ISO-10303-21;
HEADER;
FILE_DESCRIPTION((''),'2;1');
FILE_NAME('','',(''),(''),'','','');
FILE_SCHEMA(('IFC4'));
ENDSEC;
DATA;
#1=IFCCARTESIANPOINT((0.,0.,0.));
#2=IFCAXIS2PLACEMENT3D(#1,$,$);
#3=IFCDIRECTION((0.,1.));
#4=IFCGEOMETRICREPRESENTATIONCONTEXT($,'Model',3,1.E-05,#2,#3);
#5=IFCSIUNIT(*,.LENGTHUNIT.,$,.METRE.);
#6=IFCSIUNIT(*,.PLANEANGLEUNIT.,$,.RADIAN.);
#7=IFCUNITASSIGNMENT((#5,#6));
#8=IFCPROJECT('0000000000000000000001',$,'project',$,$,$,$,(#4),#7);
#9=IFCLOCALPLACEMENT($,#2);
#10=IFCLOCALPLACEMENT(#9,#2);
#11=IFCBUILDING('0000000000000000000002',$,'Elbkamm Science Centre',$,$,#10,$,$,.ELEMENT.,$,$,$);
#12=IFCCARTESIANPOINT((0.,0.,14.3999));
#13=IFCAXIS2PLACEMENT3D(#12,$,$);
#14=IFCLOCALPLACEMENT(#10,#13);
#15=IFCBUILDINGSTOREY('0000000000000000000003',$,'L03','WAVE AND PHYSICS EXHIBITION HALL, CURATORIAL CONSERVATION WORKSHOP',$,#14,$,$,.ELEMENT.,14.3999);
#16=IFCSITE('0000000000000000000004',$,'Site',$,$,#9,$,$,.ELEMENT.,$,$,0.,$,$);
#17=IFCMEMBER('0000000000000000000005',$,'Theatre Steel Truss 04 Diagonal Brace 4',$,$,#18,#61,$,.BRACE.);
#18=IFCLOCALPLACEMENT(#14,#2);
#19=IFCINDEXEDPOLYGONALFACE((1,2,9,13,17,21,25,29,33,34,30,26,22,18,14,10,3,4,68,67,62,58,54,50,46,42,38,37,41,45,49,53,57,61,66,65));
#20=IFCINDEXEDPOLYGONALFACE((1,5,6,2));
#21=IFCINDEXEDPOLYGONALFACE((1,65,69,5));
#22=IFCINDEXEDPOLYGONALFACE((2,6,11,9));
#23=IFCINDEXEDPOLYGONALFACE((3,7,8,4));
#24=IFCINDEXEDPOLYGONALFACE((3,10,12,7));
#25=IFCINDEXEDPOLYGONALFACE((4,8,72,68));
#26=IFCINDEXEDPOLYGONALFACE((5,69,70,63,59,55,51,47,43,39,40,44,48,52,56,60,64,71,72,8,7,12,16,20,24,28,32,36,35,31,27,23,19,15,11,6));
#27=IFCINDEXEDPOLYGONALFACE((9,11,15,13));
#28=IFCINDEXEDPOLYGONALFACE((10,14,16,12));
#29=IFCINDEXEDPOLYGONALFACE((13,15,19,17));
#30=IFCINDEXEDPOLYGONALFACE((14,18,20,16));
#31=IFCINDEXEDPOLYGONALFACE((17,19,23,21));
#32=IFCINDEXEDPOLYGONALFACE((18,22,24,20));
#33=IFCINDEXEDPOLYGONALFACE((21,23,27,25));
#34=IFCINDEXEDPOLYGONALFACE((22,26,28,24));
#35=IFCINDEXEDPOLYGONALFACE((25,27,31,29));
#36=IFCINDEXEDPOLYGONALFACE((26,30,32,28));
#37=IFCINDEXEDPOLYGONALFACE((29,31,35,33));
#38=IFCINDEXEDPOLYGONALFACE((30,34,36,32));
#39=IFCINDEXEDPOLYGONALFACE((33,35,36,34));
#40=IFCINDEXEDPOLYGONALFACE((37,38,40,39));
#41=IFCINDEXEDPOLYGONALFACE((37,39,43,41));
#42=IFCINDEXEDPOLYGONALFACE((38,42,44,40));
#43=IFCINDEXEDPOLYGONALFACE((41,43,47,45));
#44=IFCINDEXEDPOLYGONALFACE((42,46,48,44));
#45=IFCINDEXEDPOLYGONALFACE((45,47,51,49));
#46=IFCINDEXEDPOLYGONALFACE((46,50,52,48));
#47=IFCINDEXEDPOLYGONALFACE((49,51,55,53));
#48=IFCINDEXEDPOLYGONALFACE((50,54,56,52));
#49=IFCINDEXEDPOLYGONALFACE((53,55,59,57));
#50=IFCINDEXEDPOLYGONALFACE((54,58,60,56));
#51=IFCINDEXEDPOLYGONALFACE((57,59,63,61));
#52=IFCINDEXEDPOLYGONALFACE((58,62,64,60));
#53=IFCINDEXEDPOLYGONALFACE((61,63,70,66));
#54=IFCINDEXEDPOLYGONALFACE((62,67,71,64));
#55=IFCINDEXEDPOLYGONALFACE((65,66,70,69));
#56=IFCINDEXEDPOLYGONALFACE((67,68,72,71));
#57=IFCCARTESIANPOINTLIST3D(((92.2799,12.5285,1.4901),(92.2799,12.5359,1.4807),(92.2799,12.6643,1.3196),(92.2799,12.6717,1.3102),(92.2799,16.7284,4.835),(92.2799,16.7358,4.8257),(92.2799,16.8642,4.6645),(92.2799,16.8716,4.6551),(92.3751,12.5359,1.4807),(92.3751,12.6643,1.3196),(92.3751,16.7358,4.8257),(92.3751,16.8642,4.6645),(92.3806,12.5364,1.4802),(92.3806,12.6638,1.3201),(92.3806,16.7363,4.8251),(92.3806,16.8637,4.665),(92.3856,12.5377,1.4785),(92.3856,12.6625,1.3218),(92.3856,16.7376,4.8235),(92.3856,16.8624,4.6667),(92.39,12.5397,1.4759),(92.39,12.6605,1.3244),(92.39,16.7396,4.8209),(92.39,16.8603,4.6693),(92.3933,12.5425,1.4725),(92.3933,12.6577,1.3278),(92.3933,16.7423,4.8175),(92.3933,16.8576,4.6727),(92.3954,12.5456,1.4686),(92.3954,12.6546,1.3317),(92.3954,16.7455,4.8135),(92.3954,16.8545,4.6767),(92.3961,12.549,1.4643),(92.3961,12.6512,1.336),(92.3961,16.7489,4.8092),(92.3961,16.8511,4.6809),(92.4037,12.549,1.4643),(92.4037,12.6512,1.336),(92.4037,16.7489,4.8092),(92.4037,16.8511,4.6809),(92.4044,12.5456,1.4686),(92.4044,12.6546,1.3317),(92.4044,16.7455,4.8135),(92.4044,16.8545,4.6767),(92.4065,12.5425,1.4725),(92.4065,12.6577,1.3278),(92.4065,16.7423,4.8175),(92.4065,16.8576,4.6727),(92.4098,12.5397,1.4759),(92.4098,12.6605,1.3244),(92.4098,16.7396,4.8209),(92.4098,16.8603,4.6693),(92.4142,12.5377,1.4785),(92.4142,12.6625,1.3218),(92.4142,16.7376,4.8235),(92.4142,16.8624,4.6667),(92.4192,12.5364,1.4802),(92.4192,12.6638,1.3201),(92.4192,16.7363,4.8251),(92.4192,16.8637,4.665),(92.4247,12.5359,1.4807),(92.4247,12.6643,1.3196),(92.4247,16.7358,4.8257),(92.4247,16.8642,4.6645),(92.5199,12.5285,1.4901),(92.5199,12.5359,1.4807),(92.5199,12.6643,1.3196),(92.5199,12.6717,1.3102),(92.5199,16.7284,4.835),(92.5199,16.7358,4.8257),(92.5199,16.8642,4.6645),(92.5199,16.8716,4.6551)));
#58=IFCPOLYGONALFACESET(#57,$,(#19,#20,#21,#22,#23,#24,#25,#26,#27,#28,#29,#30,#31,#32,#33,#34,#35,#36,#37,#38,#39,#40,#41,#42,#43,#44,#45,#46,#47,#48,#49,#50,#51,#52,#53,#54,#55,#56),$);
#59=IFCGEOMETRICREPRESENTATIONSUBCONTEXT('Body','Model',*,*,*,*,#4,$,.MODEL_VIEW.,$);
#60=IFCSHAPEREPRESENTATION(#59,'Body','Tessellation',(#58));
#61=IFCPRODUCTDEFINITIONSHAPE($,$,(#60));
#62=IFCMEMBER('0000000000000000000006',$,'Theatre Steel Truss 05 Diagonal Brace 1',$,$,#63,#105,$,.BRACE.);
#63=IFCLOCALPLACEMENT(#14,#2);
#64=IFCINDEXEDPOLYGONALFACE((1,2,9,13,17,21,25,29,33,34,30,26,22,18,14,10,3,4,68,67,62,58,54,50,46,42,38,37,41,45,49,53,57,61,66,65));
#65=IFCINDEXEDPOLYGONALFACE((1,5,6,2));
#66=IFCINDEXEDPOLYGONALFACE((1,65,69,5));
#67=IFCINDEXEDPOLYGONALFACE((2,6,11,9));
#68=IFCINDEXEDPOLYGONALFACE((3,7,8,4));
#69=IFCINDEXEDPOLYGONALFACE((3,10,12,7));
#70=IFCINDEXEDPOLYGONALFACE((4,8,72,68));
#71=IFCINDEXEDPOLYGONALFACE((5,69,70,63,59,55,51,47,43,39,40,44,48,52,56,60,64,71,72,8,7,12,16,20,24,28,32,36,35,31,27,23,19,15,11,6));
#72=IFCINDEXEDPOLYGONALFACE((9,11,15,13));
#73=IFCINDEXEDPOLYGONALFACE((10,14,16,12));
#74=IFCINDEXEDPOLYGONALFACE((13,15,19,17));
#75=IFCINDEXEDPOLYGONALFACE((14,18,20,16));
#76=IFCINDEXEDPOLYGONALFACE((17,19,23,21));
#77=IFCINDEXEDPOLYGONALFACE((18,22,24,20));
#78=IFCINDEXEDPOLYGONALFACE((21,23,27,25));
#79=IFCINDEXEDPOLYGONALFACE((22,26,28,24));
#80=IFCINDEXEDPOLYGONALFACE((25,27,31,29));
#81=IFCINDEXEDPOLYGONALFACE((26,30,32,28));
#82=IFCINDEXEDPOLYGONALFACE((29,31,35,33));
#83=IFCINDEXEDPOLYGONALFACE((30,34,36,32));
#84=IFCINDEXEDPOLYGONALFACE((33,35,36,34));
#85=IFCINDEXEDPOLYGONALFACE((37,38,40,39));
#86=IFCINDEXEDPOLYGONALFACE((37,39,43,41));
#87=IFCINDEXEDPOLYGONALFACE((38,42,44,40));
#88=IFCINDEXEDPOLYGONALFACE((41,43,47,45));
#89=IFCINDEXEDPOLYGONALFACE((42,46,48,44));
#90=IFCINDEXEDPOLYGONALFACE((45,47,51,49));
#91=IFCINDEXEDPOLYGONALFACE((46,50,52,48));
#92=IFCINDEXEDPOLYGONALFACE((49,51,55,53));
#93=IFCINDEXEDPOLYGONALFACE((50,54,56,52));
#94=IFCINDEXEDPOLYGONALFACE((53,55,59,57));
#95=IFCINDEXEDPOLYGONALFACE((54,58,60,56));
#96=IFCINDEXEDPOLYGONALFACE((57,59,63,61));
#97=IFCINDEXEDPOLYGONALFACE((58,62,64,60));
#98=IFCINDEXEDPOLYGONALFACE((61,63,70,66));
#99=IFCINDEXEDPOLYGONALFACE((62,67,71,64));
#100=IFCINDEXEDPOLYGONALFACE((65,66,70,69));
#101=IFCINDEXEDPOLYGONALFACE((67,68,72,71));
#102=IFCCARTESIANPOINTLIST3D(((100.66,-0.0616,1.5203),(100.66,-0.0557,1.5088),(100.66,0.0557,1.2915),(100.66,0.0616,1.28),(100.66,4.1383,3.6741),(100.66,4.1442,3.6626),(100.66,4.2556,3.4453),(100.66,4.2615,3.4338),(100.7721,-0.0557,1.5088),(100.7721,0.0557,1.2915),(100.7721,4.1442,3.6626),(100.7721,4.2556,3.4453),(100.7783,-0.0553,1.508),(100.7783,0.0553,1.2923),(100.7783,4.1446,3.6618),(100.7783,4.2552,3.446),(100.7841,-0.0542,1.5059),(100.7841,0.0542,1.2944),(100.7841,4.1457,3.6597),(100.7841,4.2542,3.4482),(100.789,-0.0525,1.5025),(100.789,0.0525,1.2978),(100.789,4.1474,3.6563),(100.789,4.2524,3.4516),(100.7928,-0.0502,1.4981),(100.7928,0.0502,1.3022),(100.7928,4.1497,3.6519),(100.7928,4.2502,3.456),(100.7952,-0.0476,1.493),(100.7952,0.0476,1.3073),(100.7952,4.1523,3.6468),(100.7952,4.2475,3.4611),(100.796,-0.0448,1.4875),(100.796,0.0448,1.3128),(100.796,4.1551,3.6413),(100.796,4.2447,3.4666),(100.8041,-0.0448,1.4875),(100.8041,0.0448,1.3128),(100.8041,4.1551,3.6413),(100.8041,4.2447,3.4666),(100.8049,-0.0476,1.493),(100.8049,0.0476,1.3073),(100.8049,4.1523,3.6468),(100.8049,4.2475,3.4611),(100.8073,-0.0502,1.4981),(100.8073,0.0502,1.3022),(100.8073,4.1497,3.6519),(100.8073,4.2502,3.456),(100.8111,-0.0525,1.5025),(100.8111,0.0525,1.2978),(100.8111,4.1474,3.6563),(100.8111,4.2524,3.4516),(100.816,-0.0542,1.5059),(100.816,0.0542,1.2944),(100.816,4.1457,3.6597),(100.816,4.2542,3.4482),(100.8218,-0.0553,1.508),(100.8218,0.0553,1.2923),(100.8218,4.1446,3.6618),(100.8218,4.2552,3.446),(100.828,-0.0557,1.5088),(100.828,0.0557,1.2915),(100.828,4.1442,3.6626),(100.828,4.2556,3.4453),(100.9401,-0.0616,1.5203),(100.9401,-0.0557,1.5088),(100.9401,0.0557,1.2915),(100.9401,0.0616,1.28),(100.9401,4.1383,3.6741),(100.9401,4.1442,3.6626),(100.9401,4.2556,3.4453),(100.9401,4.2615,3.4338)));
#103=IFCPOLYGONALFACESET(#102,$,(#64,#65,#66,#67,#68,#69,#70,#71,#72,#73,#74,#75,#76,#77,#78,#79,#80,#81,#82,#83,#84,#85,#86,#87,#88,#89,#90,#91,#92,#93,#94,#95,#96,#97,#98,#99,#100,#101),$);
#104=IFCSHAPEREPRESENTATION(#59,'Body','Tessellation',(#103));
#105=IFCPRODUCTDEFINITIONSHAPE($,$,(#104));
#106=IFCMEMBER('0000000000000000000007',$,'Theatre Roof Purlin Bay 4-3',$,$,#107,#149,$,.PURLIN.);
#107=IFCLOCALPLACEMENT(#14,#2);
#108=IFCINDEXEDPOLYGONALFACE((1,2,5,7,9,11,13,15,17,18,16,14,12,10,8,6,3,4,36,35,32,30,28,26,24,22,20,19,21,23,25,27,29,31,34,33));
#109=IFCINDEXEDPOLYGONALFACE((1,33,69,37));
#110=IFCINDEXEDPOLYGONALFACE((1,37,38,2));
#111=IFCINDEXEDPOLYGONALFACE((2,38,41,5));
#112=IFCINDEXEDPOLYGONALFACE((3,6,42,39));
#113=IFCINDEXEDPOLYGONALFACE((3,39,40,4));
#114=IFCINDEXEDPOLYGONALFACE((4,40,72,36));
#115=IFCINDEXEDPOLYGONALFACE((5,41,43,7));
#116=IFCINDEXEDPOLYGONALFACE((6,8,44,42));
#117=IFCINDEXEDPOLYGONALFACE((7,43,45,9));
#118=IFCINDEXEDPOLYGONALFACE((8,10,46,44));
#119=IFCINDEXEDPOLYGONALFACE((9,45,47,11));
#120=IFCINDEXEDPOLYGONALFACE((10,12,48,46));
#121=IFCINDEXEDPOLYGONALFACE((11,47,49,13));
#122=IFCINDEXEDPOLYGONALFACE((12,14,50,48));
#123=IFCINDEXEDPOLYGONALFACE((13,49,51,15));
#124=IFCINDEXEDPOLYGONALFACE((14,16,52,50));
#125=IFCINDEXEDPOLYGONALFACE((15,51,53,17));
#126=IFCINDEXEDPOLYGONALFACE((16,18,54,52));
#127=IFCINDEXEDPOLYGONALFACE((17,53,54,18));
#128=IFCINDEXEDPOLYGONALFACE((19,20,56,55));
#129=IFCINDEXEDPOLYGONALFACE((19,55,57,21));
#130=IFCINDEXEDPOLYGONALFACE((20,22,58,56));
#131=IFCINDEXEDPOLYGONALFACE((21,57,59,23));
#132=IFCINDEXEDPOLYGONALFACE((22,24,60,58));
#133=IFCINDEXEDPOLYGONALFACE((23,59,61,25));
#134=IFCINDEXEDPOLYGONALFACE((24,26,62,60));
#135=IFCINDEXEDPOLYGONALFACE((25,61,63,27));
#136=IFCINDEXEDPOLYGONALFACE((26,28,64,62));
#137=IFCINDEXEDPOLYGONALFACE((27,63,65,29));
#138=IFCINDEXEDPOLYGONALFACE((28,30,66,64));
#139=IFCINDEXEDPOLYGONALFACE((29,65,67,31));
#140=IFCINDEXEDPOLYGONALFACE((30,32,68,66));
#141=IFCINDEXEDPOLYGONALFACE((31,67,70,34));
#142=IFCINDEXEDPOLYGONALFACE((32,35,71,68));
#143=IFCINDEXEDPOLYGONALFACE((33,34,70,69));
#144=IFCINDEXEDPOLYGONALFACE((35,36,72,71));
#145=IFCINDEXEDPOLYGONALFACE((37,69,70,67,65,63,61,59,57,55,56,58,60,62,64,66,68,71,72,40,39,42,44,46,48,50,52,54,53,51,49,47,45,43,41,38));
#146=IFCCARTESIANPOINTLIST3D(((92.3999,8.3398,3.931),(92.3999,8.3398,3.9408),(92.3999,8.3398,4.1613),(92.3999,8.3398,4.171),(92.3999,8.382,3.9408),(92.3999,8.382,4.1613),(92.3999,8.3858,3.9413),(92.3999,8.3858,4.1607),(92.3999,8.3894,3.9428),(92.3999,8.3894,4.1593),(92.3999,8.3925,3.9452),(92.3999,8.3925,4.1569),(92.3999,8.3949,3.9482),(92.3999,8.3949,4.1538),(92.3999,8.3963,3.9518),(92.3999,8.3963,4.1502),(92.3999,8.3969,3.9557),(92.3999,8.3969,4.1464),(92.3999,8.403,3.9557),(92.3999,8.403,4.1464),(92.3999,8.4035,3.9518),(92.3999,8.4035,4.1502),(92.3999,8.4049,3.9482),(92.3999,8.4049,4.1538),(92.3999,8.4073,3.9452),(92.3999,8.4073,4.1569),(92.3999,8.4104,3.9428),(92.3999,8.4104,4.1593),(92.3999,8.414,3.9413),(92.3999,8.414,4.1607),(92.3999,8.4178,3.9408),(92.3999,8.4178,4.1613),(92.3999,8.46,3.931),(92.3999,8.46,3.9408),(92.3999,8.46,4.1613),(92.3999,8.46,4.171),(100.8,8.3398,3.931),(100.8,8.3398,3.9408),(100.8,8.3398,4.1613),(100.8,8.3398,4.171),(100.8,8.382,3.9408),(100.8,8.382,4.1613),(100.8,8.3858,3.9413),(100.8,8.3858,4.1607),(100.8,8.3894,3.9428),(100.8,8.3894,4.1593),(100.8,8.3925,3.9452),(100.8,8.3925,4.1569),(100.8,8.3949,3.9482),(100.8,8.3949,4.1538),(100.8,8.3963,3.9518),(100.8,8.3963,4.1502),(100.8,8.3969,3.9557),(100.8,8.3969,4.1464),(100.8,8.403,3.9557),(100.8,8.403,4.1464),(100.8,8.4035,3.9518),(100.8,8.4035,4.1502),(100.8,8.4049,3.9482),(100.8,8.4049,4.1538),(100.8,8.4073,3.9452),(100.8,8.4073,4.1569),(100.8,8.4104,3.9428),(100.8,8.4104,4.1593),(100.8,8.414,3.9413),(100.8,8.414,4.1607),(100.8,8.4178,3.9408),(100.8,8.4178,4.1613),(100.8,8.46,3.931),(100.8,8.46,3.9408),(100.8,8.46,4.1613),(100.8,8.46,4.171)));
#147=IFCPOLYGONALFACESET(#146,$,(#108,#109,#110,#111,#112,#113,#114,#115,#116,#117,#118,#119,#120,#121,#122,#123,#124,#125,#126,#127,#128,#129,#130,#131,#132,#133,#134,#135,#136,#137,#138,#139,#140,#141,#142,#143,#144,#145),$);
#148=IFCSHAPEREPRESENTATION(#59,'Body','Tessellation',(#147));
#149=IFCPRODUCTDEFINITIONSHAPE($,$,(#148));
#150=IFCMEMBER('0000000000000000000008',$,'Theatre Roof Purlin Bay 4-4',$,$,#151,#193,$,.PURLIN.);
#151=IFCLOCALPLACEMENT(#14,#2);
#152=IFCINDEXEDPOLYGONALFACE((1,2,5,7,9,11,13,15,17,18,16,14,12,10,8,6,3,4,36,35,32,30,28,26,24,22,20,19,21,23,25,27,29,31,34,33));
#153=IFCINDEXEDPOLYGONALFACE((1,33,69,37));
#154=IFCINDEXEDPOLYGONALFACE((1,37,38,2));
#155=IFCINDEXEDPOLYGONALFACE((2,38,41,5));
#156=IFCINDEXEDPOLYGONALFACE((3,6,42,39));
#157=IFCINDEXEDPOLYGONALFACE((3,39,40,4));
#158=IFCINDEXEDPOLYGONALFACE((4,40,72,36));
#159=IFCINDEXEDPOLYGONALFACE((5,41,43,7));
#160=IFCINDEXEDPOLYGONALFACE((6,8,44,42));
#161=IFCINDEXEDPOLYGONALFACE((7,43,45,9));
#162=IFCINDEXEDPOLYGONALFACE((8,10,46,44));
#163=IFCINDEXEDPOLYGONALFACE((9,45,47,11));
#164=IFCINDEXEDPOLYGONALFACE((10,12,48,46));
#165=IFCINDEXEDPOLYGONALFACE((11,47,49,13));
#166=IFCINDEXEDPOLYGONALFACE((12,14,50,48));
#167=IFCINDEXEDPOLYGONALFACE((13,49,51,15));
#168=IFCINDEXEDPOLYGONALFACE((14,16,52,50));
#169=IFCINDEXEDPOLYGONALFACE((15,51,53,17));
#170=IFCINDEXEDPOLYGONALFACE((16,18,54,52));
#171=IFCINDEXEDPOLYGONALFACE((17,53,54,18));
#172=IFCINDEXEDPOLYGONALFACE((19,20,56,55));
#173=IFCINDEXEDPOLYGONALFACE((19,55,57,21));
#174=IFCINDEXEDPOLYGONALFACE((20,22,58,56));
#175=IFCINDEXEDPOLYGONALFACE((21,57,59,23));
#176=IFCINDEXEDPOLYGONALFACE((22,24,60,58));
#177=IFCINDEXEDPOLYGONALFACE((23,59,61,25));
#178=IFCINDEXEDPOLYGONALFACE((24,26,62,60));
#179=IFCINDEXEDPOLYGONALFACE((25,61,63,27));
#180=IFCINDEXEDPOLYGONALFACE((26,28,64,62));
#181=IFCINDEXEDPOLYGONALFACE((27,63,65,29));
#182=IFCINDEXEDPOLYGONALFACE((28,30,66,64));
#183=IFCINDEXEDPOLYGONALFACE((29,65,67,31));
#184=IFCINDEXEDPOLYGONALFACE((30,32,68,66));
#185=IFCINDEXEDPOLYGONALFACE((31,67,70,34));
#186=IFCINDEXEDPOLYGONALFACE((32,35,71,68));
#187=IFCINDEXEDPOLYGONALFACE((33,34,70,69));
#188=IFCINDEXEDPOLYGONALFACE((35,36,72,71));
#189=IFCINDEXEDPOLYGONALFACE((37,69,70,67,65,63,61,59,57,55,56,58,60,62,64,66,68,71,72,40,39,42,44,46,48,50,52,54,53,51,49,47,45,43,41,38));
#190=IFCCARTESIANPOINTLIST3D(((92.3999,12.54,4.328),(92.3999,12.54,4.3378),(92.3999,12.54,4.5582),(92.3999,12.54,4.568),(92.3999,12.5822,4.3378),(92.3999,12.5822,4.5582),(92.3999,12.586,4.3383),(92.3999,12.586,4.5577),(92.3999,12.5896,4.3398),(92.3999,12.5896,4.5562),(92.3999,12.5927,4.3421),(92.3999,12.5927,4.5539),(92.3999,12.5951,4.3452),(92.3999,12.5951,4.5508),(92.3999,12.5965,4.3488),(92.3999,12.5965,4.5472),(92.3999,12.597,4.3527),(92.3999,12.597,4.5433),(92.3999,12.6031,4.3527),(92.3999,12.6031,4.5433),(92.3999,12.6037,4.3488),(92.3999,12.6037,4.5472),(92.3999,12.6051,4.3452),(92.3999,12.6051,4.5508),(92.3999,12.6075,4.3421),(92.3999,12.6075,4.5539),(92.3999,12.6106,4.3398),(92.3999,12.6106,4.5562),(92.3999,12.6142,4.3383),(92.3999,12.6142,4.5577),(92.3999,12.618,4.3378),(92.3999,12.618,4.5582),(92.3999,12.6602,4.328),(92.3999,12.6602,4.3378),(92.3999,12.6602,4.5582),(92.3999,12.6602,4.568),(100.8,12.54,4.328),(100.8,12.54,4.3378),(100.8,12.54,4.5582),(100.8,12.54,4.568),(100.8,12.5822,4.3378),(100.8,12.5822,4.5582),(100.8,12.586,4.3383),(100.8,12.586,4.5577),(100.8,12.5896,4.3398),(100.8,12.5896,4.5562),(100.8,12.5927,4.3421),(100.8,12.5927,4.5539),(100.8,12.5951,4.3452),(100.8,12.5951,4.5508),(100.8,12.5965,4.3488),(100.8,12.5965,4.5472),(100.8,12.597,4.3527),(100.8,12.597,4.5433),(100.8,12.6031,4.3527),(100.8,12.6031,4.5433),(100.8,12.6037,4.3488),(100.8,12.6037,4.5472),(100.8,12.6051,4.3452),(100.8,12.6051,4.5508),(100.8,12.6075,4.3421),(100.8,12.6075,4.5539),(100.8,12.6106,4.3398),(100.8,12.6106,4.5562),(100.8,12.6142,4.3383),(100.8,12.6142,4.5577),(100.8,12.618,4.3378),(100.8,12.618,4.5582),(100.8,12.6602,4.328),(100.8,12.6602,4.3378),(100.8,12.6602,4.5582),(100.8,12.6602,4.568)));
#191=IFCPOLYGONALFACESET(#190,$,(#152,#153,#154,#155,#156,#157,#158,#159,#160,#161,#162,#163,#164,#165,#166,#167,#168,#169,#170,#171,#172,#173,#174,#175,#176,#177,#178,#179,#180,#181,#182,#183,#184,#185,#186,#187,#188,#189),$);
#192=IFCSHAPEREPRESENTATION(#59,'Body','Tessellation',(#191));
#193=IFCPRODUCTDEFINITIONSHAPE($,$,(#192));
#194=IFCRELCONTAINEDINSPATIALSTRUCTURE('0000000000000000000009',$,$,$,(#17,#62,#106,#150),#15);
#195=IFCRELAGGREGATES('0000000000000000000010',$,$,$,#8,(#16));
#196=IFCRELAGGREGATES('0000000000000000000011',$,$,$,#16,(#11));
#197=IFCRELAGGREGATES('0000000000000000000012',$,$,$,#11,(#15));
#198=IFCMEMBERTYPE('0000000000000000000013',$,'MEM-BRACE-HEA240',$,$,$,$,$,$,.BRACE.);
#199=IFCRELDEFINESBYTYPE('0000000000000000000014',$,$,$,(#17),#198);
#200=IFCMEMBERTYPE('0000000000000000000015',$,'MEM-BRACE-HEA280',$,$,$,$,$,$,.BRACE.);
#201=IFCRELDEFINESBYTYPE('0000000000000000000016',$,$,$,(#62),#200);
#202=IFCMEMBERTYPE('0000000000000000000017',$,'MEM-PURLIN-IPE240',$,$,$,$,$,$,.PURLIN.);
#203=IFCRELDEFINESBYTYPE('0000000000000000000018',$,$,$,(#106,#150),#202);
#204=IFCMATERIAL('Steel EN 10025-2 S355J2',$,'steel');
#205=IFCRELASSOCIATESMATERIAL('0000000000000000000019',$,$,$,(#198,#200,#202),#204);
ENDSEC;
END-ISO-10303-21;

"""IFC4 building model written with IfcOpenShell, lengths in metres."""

from ifc_helpers import new_model, si_unit, direction, frame, origin, origin_2d, place, context, subcontext, project, spatial, i_section, extrude, material, material_profile, profile_set, type_object, element, save


model = new_model("IFC4")

# Units and contexts
model_context = context("Model", 3, precision=1e-05, world=origin(), true_north=direction((0.0, 1.0)))
body_context = subcontext(model_context, "Body", "Model", "MODEL_VIEW")
ifc_project = project(units=[si_unit("LENGTHUNIT", "METRE"), si_unit("PLANEANGLEUNIT", "RADIAN")], contexts=[model_context])

# Site, building, storey
site_placement = place(None, origin())
site = spatial("IfcSite", under=ifc_project, at=site_placement, Name="Site", CompositionType="ELEMENT", RefElevation=0.0)
building_placement = place(site_placement, origin())
building = spatial("IfcBuilding", under=site, at=building_placement, Name="Elbkamm Science Centre", CompositionType="ELEMENT")
storey_placement = place(building_placement, frame((0.0, 0.0, 14.3999)))
storey = spatial("IfcBuildingStorey", under=building, at=storey_placement, Name="L03", Description="WAVE AND PHYSICS EXHIBITION HALL, CURATORIAL CONSERVATION WORKSHOP", CompositionType="ELEMENT", Elevation=14.3999)

# Shared definitions
ifc_material_1 = material(Name="Steel EN 10025-2 S355J2", Category="steel")

# Members
ifc_material_profile_1 = material_profile(ifc_material_1, i_section(OverallWidth=0.24, OverallDepth=0.23, WebThickness=0.0076, FlangeThickness=0.012, FilletRadius=0.021, at=origin_2d()), Name="HEA 240")
ifc_profile_set_1 = profile_set([ifc_material_profile_1], Name="Steel EN 10025-2 S355J2")
member_type_1 = type_object("IfcMemberType", Name="MEM-BRACE-HEA240", PredefinedType="BRACE", material=ifc_profile_set_1)
member_1_placement = place(storey_placement, frame((92.3999, 12.6001, 1.4001), z_axis=(0.0, 0.782229, 0.622991), x_axis=(-1.0, 0.0, 0.0)))
element("IfcMember", 1, at=member_1_placement, inside=storey, type_object=member_type_1, Name="Theatre Steel Truss 04 Diagonal Brace 4", PredefinedType="BRACE", context=body_context, shape_type="SweptSolid", body=[
    extrude(i_section(OverallWidth=0.24, OverallDepth=0.23, WebThickness=0.0076, FlangeThickness=0.012, FilletRadius=0.021, at=origin_2d()), origin(), (0.0, 0.0, 1.0), 5.3691),
])
ifc_material_profile_2 = material_profile(ifc_material_1, i_section(OverallWidth=0.28, OverallDepth=0.27, WebThickness=0.0081, FlangeThickness=0.0129, FilletRadius=0.0239, at=origin_2d()), Name="HEA 280")
ifc_profile_set_2 = profile_set([ifc_material_profile_2], Name="Steel EN 10025-2 S355J2")
member_type_2 = type_object("IfcMemberType", Name="MEM-BRACE-HEA280", PredefinedType="BRACE", material=ifc_profile_set_2)
member_2_placement = place(storey_placement, frame((100.8, 0.0, 1.4001), z_axis=(0.0, 0.889819, 0.456315), x_axis=(-1.0, 0.0, 0.0)))
element("IfcMember", 2, at=member_2_placement, inside=storey, type_object=member_type_2, Name="Theatre Steel Truss 05 Diagonal Brace 1", PredefinedType="BRACE", context=body_context, shape_type="SweptSolid", body=[
    extrude(i_section(OverallWidth=0.28, OverallDepth=0.27, WebThickness=0.0081, FlangeThickness=0.0129, FilletRadius=0.0239, at=origin_2d()), origin(), (0.0, 0.0, 1.0), 4.72),
])
ifc_material_profile_3 = material_profile(ifc_material_1, i_section(OverallWidth=0.1201, OverallDepth=0.24, WebThickness=0.0061, FlangeThickness=0.0098, FilletRadius=0.0149, at=origin_2d()), Name="IPE 240")
ifc_profile_set_3 = profile_set([ifc_material_profile_3], Name="Steel EN 10025-2 S355J2")
member_type_3 = type_object("IfcMemberType", Name="MEM-PURLIN-IPE240", PredefinedType="PURLIN", material=ifc_profile_set_3)
for number, where, z_axis, x_axis, name in (
    (3, (92.3999, 8.3999, 4.051), (1.0, 0.0, 0.0), (0.0, 1.0, 0.0), "Theatre Roof Purlin Bay 4-3"),
    (4, (92.3999, 12.6001, 4.448), (1.0, 0.0, 0.0), (0.0, 1.0, 0.0), "Theatre Roof Purlin Bay 4-4"),
):
    element("IfcMember", number, at=place(storey_placement, frame(where, z_axis=z_axis, x_axis=x_axis)), inside=storey, type_object=member_type_3, Name=name, PredefinedType="PURLIN", context=body_context, shape_type="SweptSolid", body=[
        extrude(i_section(OverallWidth=0.1201, OverallDepth=0.24, WebThickness=0.0061, FlangeThickness=0.0098, FilletRadius=0.0149, at=origin_2d()), origin(), (0.0, 0.0, 1.0), 8.4001),
    ])

save(model, "model.ifc")
